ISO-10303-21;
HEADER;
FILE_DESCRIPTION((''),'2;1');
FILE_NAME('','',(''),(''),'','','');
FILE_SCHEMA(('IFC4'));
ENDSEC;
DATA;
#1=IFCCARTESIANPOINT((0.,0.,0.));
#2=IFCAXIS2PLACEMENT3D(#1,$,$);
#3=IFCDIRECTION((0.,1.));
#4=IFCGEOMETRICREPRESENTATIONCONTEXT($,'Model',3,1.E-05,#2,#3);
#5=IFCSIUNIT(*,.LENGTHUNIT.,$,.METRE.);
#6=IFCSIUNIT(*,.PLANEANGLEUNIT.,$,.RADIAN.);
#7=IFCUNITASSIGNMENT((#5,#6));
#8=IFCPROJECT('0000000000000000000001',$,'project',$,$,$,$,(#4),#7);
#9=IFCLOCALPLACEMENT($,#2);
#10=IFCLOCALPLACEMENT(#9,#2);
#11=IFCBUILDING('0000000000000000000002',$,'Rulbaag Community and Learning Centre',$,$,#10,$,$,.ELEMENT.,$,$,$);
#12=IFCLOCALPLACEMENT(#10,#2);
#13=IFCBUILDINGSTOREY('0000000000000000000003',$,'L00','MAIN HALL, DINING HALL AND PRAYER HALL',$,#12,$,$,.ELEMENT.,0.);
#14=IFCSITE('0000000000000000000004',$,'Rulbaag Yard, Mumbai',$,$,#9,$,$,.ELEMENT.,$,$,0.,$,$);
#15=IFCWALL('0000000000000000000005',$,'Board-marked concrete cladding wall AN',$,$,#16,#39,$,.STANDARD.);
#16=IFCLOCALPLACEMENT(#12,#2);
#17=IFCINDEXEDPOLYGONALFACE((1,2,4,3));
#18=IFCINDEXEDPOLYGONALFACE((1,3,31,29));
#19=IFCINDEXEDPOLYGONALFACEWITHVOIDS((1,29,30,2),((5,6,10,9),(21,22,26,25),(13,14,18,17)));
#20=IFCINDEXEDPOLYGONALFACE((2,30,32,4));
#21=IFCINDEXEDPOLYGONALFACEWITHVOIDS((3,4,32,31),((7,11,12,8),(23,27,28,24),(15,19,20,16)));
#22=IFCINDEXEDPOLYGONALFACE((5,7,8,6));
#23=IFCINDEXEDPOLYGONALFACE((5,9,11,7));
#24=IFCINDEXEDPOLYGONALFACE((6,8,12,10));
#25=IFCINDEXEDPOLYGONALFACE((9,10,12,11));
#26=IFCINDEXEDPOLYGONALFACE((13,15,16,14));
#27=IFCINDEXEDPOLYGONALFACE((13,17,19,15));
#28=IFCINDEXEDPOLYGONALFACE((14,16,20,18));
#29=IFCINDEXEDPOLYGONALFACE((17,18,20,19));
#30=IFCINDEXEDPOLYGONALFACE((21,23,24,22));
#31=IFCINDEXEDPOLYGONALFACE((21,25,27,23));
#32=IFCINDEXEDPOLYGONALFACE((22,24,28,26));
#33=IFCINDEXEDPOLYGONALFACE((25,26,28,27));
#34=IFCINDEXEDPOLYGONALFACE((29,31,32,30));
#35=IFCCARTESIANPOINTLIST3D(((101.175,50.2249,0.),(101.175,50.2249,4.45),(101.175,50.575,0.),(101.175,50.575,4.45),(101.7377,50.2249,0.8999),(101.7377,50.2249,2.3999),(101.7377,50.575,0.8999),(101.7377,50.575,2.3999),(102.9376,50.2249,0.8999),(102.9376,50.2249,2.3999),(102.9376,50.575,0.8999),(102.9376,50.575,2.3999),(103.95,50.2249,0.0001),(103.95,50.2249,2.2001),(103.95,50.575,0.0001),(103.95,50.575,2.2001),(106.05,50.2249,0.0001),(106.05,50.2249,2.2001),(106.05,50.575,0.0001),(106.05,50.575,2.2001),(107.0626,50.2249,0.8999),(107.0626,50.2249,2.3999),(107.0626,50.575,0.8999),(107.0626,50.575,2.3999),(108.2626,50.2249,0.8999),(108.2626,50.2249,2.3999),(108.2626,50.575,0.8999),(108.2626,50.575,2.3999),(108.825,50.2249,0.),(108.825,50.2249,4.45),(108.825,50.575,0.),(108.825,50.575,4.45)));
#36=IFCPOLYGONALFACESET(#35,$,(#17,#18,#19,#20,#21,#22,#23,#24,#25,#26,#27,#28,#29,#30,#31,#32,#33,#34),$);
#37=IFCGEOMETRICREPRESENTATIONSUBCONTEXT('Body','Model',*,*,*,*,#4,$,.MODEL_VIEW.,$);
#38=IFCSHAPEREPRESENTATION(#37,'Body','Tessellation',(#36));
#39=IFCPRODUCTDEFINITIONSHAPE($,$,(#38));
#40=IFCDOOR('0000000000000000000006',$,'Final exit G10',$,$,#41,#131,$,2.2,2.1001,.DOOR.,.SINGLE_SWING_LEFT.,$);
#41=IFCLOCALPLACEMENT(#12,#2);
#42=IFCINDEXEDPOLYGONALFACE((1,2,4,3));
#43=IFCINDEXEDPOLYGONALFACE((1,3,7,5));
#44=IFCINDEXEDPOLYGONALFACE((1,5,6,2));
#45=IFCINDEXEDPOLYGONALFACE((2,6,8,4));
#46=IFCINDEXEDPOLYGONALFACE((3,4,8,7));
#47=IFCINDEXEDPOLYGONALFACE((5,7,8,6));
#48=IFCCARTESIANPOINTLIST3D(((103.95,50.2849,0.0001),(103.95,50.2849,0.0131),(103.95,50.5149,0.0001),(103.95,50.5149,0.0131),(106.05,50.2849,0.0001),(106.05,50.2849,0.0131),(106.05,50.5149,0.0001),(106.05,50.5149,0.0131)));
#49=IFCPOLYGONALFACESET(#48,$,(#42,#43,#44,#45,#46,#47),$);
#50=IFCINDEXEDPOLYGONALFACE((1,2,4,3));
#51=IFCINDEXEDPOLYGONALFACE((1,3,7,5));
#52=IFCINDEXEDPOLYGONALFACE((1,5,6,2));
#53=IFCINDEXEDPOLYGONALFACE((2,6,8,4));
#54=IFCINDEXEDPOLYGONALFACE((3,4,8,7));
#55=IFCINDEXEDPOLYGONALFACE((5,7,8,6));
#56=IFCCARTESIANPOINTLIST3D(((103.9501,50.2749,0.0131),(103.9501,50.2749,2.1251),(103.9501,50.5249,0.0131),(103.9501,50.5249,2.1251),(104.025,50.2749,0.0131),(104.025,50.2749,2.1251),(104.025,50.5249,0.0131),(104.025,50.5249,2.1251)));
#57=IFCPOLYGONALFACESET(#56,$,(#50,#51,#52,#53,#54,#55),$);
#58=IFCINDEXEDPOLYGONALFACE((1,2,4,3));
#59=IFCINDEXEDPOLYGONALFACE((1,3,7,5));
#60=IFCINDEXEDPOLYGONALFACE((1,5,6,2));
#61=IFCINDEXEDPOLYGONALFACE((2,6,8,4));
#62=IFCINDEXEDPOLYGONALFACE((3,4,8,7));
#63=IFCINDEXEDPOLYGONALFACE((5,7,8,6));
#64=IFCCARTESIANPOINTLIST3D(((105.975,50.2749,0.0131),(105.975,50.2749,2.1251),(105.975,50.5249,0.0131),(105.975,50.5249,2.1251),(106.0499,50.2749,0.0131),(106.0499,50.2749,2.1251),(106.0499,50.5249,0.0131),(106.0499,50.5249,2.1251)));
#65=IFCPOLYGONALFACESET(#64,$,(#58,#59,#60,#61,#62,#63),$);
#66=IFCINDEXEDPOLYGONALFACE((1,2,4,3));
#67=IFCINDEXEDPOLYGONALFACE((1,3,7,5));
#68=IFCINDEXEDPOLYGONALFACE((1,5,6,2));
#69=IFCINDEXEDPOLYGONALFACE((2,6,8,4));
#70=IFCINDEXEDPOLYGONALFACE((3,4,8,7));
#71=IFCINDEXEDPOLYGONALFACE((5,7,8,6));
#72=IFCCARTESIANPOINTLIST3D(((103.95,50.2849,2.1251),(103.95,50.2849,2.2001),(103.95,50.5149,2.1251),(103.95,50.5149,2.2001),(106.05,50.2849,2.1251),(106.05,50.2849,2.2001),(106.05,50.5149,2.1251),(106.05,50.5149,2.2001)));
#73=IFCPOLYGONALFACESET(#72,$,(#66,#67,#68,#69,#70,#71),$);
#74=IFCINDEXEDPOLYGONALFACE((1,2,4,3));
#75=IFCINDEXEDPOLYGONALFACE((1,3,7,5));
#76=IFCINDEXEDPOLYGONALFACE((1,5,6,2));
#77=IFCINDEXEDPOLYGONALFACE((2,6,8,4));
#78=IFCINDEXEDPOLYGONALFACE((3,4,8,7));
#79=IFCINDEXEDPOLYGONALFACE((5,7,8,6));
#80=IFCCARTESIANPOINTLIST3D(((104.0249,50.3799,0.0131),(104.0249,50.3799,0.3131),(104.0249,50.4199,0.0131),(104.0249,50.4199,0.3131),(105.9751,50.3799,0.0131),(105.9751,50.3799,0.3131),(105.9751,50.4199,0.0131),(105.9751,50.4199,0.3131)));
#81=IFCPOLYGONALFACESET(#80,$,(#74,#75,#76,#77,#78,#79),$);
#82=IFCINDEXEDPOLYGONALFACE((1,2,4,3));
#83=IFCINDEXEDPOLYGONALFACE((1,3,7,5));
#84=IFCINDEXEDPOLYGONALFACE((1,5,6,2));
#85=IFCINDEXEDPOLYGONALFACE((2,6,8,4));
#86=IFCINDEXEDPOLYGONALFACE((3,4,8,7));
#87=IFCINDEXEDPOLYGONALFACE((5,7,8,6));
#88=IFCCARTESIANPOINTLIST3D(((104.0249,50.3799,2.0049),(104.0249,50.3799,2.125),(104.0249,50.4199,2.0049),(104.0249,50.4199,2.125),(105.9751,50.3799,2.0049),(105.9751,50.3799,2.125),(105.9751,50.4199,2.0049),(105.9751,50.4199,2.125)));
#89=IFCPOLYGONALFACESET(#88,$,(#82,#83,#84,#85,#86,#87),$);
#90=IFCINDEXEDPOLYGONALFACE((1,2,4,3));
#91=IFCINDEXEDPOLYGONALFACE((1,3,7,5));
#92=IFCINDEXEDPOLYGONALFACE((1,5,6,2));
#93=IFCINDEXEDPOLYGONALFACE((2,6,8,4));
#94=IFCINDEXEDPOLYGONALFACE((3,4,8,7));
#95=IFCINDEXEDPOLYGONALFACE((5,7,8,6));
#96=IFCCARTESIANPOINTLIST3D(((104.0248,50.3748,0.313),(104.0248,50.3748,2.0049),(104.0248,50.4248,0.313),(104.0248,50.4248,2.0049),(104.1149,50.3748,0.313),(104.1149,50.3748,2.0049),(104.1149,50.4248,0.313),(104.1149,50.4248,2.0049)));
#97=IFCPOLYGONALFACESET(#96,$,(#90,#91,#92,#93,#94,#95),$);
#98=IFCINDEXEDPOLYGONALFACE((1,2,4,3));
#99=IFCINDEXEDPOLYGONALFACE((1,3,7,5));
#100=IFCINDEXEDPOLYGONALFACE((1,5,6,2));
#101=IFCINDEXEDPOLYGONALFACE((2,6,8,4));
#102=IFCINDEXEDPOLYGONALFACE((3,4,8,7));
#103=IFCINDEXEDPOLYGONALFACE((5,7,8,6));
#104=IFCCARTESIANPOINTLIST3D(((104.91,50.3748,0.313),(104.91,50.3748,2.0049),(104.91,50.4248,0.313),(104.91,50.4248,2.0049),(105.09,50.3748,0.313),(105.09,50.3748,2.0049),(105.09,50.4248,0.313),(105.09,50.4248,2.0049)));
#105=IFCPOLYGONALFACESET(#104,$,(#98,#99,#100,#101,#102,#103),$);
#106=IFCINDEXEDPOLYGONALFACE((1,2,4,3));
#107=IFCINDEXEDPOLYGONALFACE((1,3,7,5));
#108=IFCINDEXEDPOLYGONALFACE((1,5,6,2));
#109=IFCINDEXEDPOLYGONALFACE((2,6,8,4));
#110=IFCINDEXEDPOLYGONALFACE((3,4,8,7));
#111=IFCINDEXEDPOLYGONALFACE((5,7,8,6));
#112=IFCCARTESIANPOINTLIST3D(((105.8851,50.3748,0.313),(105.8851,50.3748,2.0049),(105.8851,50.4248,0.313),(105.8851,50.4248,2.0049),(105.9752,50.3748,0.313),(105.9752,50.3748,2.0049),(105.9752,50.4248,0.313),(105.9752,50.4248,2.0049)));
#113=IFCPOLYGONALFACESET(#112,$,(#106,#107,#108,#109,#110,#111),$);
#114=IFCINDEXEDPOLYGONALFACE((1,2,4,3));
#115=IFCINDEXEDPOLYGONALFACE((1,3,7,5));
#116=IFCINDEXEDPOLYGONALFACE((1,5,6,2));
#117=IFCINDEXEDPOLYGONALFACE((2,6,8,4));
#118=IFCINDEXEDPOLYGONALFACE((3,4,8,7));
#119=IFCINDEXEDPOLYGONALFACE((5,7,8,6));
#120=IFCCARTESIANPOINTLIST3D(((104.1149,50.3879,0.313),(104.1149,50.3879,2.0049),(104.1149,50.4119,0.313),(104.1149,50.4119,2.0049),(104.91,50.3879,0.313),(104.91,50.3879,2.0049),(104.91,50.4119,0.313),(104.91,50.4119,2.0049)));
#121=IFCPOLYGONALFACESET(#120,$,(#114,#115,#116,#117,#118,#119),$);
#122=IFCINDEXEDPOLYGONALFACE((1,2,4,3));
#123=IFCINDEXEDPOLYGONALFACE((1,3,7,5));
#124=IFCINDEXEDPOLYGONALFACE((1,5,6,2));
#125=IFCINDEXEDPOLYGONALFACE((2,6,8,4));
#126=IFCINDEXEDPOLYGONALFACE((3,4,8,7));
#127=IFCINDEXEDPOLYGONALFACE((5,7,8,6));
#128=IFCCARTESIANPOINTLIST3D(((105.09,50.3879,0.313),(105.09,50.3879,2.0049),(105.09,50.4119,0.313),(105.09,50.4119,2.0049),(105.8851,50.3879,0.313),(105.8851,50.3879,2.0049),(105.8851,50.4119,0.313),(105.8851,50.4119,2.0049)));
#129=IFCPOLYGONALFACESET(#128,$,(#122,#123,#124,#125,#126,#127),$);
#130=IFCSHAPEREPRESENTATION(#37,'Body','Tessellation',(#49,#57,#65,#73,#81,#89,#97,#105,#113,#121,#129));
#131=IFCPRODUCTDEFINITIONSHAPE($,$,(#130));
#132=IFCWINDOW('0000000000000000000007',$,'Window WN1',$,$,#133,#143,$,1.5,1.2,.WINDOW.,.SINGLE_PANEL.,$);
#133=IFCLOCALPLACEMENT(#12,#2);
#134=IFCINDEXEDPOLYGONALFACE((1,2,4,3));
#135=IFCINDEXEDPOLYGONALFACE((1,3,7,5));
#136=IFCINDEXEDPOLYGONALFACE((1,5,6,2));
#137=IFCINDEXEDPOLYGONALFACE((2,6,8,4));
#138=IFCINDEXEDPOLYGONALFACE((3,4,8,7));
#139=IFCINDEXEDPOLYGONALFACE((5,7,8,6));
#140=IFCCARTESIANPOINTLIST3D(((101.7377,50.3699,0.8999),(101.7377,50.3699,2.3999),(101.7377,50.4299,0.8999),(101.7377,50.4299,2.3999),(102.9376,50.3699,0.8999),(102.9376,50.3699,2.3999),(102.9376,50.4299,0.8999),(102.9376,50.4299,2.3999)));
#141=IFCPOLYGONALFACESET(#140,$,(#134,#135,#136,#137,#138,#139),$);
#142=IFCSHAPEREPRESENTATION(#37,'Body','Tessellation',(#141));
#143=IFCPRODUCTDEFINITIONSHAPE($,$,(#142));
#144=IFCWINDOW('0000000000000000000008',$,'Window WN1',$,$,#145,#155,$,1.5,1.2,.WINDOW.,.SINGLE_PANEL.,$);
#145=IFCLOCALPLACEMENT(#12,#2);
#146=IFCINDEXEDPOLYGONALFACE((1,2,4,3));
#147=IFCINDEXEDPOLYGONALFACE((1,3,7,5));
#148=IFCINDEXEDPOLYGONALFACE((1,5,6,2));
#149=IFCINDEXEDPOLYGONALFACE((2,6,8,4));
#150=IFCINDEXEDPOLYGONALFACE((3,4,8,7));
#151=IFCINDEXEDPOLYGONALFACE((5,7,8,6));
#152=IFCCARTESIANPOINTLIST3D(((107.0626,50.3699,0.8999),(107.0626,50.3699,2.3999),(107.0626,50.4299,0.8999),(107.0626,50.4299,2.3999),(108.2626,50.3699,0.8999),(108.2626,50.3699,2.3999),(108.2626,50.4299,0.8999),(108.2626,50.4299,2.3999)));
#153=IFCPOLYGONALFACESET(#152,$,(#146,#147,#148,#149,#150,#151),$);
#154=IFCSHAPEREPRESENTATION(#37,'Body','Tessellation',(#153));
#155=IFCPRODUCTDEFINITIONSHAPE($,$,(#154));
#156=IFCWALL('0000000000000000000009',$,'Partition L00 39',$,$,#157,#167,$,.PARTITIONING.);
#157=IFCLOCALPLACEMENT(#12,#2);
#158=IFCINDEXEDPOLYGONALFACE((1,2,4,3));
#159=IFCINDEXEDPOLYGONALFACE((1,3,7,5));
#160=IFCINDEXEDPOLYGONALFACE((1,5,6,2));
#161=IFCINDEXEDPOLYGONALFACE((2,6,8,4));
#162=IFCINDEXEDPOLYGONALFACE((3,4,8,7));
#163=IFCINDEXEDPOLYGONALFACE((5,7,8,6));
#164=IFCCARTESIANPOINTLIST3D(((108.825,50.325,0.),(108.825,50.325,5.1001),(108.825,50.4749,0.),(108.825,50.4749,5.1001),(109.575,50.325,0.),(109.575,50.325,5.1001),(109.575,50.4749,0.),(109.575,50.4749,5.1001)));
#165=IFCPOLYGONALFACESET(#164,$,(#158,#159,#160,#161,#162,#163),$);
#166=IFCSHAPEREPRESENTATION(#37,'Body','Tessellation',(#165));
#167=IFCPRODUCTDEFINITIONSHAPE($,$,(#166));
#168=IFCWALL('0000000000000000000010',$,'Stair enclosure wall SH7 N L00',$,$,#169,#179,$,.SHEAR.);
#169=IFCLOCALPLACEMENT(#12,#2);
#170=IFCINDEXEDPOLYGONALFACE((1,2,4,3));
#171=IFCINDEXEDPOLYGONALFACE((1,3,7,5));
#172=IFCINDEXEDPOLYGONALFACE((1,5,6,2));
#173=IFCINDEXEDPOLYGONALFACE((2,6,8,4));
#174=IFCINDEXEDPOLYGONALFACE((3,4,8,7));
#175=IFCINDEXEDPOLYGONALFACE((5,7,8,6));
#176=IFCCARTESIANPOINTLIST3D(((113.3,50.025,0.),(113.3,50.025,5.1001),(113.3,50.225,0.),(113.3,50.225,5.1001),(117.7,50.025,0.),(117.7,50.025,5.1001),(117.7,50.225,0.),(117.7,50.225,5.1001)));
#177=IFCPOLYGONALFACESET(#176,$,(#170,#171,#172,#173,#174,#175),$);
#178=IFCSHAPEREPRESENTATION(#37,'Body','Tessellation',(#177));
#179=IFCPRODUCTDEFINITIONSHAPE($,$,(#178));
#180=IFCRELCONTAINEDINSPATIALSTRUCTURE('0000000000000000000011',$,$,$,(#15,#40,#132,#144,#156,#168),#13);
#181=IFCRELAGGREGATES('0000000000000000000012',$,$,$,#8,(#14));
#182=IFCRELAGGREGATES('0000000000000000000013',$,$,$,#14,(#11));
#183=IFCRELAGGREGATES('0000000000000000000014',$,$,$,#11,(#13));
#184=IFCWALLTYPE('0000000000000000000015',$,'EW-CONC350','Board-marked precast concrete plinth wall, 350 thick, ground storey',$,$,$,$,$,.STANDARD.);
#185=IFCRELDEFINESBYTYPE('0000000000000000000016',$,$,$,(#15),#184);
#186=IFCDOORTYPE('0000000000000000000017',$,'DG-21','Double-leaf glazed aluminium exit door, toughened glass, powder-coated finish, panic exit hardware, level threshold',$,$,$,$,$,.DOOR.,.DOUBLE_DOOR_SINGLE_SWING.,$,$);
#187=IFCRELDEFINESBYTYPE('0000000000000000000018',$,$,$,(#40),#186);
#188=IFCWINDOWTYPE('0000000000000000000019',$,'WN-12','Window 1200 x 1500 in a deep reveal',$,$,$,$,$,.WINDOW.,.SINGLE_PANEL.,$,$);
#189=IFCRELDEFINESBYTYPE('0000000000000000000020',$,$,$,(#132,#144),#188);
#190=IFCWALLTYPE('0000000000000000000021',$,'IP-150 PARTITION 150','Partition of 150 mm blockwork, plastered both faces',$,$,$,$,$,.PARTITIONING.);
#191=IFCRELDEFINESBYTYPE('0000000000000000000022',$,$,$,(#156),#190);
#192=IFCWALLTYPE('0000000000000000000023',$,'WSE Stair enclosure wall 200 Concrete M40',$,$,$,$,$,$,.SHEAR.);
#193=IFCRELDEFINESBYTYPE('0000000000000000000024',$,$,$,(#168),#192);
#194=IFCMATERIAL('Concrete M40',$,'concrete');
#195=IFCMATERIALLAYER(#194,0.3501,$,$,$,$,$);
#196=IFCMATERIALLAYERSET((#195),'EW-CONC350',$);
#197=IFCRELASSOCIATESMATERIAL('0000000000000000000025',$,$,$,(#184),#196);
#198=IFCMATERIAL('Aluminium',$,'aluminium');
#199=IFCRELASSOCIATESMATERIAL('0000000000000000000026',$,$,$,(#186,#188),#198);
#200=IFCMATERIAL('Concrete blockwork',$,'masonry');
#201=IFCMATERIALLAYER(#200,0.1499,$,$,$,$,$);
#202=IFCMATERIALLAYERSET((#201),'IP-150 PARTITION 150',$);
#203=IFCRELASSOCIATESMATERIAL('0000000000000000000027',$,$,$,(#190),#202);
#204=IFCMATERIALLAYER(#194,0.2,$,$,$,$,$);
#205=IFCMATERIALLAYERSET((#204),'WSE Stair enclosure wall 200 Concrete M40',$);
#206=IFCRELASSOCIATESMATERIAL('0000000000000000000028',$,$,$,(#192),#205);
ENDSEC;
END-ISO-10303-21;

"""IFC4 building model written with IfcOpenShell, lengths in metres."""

from ifc_helpers import new_model, si_unit, direction, frame, frame_2d, origin, place, context, subcontext, project, spatial, rectangle, extrude, material, layer, layer_set, type_object, element, fill, save


model = new_model("IFC4")

# Units and contexts
model_context = context("Model", 3, precision=1e-05, world=origin(), true_north=direction((0.0, 1.0)))
body_context = subcontext(model_context, "Body", "Model", "MODEL_VIEW")
ifc_project = project(units=[si_unit("LENGTHUNIT", "METRE"), si_unit("PLANEANGLEUNIT", "RADIAN")], contexts=[model_context])

# Site, building, storey
site_placement = place(None, origin())
site = spatial("IfcSite", under=ifc_project, at=site_placement, Name="Rulbaag Yard, Mumbai", CompositionType="ELEMENT", RefElevation=0.0)
building_placement = place(site_placement, origin())
building = spatial("IfcBuilding", under=site, at=building_placement, Name="Rulbaag Community and Learning Centre", CompositionType="ELEMENT")
storey_placement = place(building_placement, origin())
storey = spatial("IfcBuildingStorey", under=building, at=storey_placement, Name="L00", Description="MAIN HALL, DINING HALL AND PRAYER HALL", CompositionType="ELEMENT", Elevation=0.0)

# Shared definitions
ifc_material_1 = material(Name="Concrete M40", Category="concrete")

# Wall, openings, door, windows
ifc_layer_1 = layer(ifc_material_1, 0.3501)
ifc_layer_set_1 = layer_set([ifc_layer_1], Name="EW-CONC350")
wall_type_1 = type_object("IfcWallType", Name="EW-CONC350", Description="Board-marked precast concrete plinth wall, 350 thick, ground storey", PredefinedType="STANDARD", material=ifc_layer_set_1)
wall_1_placement = place(storey_placement, frame((101.175, 50.3999, 0.0), z_axis=(0.0, 0.0, 1.0), x_axis=(1.0, 0.0, 0.0)))
wall_1 = element("IfcWall", 1, at=wall_1_placement, inside=storey, type_object=wall_type_1, Name="Board-marked concrete cladding wall AN", PredefinedType="STANDARD", context=body_context, shape_type="SweptSolid", body=[
    extrude(rectangle(XDim=7.6499, YDim=0.3501, at=frame_2d((3.825, 0.0))), origin(), (0.0, 0.0, 1.0), 4.45),
])
opening_1_placement = place(wall_1_placement, frame((2.7749, 0.0, 0.0)))
opening_1 = element("IfcOpeningElement", 2, at=opening_1_placement, cuts=wall_1, PredefinedType="OPENING", context=body_context, shape_type="SweptSolid", body=[
    extrude(rectangle(XDim=2.1001, YDim=2.2, at=frame_2d((1.05, 1.1001))), frame((0.0, 0.1851, 0.0), z_axis=(0.0, -1.0, 0.0), x_axis=(1.0, 0.0, 0.0)), (0.0, 0.0, 1.0), 0.3701),
])
opening_2_placement = place(wall_1_placement, frame((0.5625, 0.0, 0.8999)))
opening_2 = element("IfcOpeningElement", 3, at=opening_2_placement, cuts=wall_1, PredefinedType="OPENING", context=body_context, shape_type="SweptSolid", body=[
    extrude(rectangle(XDim=1.2, YDim=1.5, at=frame_2d((0.6001, 0.75))), frame((0.0, 0.1851, 0.0), z_axis=(0.0, -1.0, 0.0), x_axis=(1.0, 0.0, 0.0)), (0.0, 0.0, 1.0), 0.3701),
])
opening_3_placement = place(wall_1_placement, frame((5.8875, 0.0, 0.8999)))
opening_3 = element("IfcOpeningElement", 4, at=opening_3_placement, cuts=wall_1, PredefinedType="OPENING", context=body_context, shape_type="SweptSolid", body=[
    extrude(rectangle(XDim=1.2, YDim=1.5, at=frame_2d((0.6001, 0.75))), frame((0.0, 0.1851, 0.0), z_axis=(0.0, -1.0, 0.0), x_axis=(1.0, 0.0, 0.0)), (0.0, 0.0, 1.0), 0.3701),
])
ifc_material_2 = material(Name="Aluminium", Category="aluminium")
door_type = type_object("IfcDoorType", Name="DG-21", Description="Double-leaf glazed aluminium exit door, toughened glass, powder-coated finish, panic exit hardware, level threshold", OperationType="DOUBLE_DOOR_SINGLE_SWING", PredefinedType="DOOR", material=ifc_material_2)
door_1_placement = place(opening_1_placement, origin())
door_1 = element("IfcDoor", 5, at=door_1_placement, inside=storey, type_object=door_type, Name="Final exit G10", OperationType="SINGLE_SWING_LEFT", OverallHeight=2.2, OverallWidth=2.1001, PredefinedType="DOOR", context=body_context, shape_type="SweptSolid", body=[
    extrude(rectangle(XDim=2.1001, YDim=0.0129, at=frame_2d((1.05, 0.0066))), frame((0.0, 0.115, 0.0), z_axis=(0.0, -1.0, 0.0), x_axis=(1.0, 0.0, 0.0)), (0.0, 0.0, 1.0), 0.23),
    extrude(rectangle(XDim=0.075, YDim=2.1121, at=frame_2d((0.0376, 1.0691))), frame((0.0, 0.125, 0.0), z_axis=(0.0, -1.0, 0.0), x_axis=(1.0, 0.0, 0.0)), (0.0, 0.0, 1.0), 0.25),
    extrude(rectangle(XDim=0.075, YDim=2.1121, at=frame_2d((2.0625, 1.0691))), frame((0.0, 0.125, 0.0), z_axis=(0.0, -1.0, 0.0), x_axis=(1.0, 0.0, 0.0)), (0.0, 0.0, 1.0), 0.25),
    extrude(rectangle(XDim=2.1001, YDim=0.075, at=frame_2d((1.05, 2.1626))), frame((0.0, 0.115, 0.0), z_axis=(0.0, -1.0, 0.0), x_axis=(1.0, 0.0, 0.0)), (0.0, 0.0, 1.0), 0.23),
    extrude(rectangle(XDim=1.9502, YDim=0.3, at=frame_2d((1.05, 0.1631))), frame((0.0, 0.02, 0.0), z_axis=(0.0, -1.0, 0.0), x_axis=(1.0, 0.0, 0.0)), (0.0, 0.0, 1.0), 0.04),
    extrude(rectangle(XDim=1.9502, YDim=0.1201, at=frame_2d((1.05, 2.0649))), frame((0.0, 0.02, 0.0), z_axis=(0.0, -1.0, 0.0), x_axis=(1.0, 0.0, 0.0)), (0.0, 0.0, 1.0), 0.04),
    extrude(rectangle(XDim=0.0901, YDim=1.6919, at=frame_2d((0.1199, 1.1589))), frame((0.0, 0.0249, 0.0), z_axis=(0.0, -1.0, 0.0), x_axis=(1.0, 0.0, 0.0)), (0.0, 0.0, 1.0), 0.05),
    extrude(rectangle(XDim=0.1799, YDim=1.6919, at=frame_2d((1.05, 1.1589))), frame((0.0, 0.0249, 0.0), z_axis=(0.0, -1.0, 0.0), x_axis=(1.0, 0.0, 0.0)), (0.0, 0.0, 1.0), 0.05),
    extrude(rectangle(XDim=0.0901, YDim=1.6919, at=frame_2d((1.9802, 1.1589))), frame((0.0, 0.0249, 0.0), z_axis=(0.0, -1.0, 0.0), x_axis=(1.0, 0.0, 0.0)), (0.0, 0.0, 1.0), 0.05),
    extrude(rectangle(XDim=0.7952, YDim=1.6919, at=frame_2d((0.5625, 1.1589))), frame((0.0, 0.012, 0.0), z_axis=(0.0, -1.0, 0.0), x_axis=(1.0, 0.0, 0.0)), (0.0, 0.0, 1.0), 0.0239),
    extrude(rectangle(XDim=0.7952, YDim=1.6919, at=frame_2d((1.5376, 1.1589))), frame((0.0, 0.012, 0.0), z_axis=(0.0, -1.0, 0.0), x_axis=(1.0, 0.0, 0.0)), (0.0, 0.0, 1.0), 0.0239),
])
fill(opening_1, door_1)
window_type_1 = type_object("IfcWindowType", Name="WN-12", Description="Window 1200 x 1500 in a deep reveal", PartitioningType="SINGLE_PANEL", PredefinedType="WINDOW", material=ifc_material_2)
window_1_placement = place(opening_2_placement, origin())
window_1 = element("IfcWindow", 6, at=window_1_placement, inside=storey, type_object=window_type_1, Name="Window WN1", OverallHeight=1.5, OverallWidth=1.2, PartitioningType="SINGLE_PANEL", PredefinedType="WINDOW", context=body_context, shape_type="SweptSolid", body=[
    extrude(rectangle(XDim=1.2, YDim=1.5, at=frame_2d((0.6001, 0.75))), frame((0.0, 0.03, 0.0), z_axis=(0.0, -1.0, 0.0), x_axis=(1.0, 0.0, 0.0)), (0.0, 0.0, 1.0), 0.0601),
])
fill(opening_2, window_1)
window_2_placement = place(opening_3_placement, origin())
window_2 = element("IfcWindow", 7, at=window_2_placement, inside=storey, type_object=window_type_1, Name="Window WN1", OverallHeight=1.5, OverallWidth=1.2, PartitioningType="SINGLE_PANEL", PredefinedType="WINDOW", context=body_context, shape_type="SweptSolid", body=[
    extrude(rectangle(XDim=1.2, YDim=1.5, at=frame_2d((0.6001, 0.75))), frame((0.0, 0.03, 0.0), z_axis=(0.0, -1.0, 0.0), x_axis=(1.0, 0.0, 0.0)), (0.0, 0.0, 1.0), 0.0601),
])
fill(opening_3, window_2)

# Walls
ifc_material_3 = material(Name="Concrete blockwork", Category="masonry")
ifc_layer_2 = layer(ifc_material_3, 0.1499)
ifc_layer_set_2 = layer_set([ifc_layer_2], Name="IP-150 PARTITION 150")
wall_type_2 = type_object("IfcWallType", Name="IP-150 PARTITION 150", Description="Partition of 150 mm blockwork, plastered both faces", PredefinedType="PARTITIONING", material=ifc_layer_set_2)
wall_2_placement = place(storey_placement, frame((108.825, 50.3999, 0.0), z_axis=(0.0, 0.0, 1.0), x_axis=(1.0, 0.0, 0.0)))
element("IfcWall", 8, at=wall_2_placement, inside=storey, type_object=wall_type_2, Name="Partition L00 39", PredefinedType="PARTITIONING", context=body_context, shape_type="SweptSolid", body=[
    extrude(rectangle(XDim=0.75, YDim=0.1499, at=frame_2d((0.375, 0.0))), origin(), (0.0, 0.0, 1.0), 5.1001),
])
ifc_layer_3 = layer(ifc_material_1, 0.2)
ifc_layer_set_3 = layer_set([ifc_layer_3], Name="WSE Stair enclosure wall 200 Concrete M40")
wall_type_3 = type_object("IfcWallType", Name="WSE Stair enclosure wall 200 Concrete M40", PredefinedType="SHEAR", material=ifc_layer_set_3)
wall_3_placement = place(storey_placement, frame((113.3, 50.125, 0.0), z_axis=(0.0, 0.0, 1.0), x_axis=(1.0, 0.0, 0.0)))
element("IfcWall", 9, at=wall_3_placement, inside=storey, type_object=wall_type_3, Name="Stair enclosure wall SH7 N L00", PredefinedType="SHEAR", context=body_context, shape_type="SweptSolid", body=[
    extrude(rectangle(XDim=4.3999, YDim=0.2, at=frame_2d((2.2, 0.0))), origin(), (0.0, 0.0, 1.0), 5.1001),
])

save(model, "model.ifc")
